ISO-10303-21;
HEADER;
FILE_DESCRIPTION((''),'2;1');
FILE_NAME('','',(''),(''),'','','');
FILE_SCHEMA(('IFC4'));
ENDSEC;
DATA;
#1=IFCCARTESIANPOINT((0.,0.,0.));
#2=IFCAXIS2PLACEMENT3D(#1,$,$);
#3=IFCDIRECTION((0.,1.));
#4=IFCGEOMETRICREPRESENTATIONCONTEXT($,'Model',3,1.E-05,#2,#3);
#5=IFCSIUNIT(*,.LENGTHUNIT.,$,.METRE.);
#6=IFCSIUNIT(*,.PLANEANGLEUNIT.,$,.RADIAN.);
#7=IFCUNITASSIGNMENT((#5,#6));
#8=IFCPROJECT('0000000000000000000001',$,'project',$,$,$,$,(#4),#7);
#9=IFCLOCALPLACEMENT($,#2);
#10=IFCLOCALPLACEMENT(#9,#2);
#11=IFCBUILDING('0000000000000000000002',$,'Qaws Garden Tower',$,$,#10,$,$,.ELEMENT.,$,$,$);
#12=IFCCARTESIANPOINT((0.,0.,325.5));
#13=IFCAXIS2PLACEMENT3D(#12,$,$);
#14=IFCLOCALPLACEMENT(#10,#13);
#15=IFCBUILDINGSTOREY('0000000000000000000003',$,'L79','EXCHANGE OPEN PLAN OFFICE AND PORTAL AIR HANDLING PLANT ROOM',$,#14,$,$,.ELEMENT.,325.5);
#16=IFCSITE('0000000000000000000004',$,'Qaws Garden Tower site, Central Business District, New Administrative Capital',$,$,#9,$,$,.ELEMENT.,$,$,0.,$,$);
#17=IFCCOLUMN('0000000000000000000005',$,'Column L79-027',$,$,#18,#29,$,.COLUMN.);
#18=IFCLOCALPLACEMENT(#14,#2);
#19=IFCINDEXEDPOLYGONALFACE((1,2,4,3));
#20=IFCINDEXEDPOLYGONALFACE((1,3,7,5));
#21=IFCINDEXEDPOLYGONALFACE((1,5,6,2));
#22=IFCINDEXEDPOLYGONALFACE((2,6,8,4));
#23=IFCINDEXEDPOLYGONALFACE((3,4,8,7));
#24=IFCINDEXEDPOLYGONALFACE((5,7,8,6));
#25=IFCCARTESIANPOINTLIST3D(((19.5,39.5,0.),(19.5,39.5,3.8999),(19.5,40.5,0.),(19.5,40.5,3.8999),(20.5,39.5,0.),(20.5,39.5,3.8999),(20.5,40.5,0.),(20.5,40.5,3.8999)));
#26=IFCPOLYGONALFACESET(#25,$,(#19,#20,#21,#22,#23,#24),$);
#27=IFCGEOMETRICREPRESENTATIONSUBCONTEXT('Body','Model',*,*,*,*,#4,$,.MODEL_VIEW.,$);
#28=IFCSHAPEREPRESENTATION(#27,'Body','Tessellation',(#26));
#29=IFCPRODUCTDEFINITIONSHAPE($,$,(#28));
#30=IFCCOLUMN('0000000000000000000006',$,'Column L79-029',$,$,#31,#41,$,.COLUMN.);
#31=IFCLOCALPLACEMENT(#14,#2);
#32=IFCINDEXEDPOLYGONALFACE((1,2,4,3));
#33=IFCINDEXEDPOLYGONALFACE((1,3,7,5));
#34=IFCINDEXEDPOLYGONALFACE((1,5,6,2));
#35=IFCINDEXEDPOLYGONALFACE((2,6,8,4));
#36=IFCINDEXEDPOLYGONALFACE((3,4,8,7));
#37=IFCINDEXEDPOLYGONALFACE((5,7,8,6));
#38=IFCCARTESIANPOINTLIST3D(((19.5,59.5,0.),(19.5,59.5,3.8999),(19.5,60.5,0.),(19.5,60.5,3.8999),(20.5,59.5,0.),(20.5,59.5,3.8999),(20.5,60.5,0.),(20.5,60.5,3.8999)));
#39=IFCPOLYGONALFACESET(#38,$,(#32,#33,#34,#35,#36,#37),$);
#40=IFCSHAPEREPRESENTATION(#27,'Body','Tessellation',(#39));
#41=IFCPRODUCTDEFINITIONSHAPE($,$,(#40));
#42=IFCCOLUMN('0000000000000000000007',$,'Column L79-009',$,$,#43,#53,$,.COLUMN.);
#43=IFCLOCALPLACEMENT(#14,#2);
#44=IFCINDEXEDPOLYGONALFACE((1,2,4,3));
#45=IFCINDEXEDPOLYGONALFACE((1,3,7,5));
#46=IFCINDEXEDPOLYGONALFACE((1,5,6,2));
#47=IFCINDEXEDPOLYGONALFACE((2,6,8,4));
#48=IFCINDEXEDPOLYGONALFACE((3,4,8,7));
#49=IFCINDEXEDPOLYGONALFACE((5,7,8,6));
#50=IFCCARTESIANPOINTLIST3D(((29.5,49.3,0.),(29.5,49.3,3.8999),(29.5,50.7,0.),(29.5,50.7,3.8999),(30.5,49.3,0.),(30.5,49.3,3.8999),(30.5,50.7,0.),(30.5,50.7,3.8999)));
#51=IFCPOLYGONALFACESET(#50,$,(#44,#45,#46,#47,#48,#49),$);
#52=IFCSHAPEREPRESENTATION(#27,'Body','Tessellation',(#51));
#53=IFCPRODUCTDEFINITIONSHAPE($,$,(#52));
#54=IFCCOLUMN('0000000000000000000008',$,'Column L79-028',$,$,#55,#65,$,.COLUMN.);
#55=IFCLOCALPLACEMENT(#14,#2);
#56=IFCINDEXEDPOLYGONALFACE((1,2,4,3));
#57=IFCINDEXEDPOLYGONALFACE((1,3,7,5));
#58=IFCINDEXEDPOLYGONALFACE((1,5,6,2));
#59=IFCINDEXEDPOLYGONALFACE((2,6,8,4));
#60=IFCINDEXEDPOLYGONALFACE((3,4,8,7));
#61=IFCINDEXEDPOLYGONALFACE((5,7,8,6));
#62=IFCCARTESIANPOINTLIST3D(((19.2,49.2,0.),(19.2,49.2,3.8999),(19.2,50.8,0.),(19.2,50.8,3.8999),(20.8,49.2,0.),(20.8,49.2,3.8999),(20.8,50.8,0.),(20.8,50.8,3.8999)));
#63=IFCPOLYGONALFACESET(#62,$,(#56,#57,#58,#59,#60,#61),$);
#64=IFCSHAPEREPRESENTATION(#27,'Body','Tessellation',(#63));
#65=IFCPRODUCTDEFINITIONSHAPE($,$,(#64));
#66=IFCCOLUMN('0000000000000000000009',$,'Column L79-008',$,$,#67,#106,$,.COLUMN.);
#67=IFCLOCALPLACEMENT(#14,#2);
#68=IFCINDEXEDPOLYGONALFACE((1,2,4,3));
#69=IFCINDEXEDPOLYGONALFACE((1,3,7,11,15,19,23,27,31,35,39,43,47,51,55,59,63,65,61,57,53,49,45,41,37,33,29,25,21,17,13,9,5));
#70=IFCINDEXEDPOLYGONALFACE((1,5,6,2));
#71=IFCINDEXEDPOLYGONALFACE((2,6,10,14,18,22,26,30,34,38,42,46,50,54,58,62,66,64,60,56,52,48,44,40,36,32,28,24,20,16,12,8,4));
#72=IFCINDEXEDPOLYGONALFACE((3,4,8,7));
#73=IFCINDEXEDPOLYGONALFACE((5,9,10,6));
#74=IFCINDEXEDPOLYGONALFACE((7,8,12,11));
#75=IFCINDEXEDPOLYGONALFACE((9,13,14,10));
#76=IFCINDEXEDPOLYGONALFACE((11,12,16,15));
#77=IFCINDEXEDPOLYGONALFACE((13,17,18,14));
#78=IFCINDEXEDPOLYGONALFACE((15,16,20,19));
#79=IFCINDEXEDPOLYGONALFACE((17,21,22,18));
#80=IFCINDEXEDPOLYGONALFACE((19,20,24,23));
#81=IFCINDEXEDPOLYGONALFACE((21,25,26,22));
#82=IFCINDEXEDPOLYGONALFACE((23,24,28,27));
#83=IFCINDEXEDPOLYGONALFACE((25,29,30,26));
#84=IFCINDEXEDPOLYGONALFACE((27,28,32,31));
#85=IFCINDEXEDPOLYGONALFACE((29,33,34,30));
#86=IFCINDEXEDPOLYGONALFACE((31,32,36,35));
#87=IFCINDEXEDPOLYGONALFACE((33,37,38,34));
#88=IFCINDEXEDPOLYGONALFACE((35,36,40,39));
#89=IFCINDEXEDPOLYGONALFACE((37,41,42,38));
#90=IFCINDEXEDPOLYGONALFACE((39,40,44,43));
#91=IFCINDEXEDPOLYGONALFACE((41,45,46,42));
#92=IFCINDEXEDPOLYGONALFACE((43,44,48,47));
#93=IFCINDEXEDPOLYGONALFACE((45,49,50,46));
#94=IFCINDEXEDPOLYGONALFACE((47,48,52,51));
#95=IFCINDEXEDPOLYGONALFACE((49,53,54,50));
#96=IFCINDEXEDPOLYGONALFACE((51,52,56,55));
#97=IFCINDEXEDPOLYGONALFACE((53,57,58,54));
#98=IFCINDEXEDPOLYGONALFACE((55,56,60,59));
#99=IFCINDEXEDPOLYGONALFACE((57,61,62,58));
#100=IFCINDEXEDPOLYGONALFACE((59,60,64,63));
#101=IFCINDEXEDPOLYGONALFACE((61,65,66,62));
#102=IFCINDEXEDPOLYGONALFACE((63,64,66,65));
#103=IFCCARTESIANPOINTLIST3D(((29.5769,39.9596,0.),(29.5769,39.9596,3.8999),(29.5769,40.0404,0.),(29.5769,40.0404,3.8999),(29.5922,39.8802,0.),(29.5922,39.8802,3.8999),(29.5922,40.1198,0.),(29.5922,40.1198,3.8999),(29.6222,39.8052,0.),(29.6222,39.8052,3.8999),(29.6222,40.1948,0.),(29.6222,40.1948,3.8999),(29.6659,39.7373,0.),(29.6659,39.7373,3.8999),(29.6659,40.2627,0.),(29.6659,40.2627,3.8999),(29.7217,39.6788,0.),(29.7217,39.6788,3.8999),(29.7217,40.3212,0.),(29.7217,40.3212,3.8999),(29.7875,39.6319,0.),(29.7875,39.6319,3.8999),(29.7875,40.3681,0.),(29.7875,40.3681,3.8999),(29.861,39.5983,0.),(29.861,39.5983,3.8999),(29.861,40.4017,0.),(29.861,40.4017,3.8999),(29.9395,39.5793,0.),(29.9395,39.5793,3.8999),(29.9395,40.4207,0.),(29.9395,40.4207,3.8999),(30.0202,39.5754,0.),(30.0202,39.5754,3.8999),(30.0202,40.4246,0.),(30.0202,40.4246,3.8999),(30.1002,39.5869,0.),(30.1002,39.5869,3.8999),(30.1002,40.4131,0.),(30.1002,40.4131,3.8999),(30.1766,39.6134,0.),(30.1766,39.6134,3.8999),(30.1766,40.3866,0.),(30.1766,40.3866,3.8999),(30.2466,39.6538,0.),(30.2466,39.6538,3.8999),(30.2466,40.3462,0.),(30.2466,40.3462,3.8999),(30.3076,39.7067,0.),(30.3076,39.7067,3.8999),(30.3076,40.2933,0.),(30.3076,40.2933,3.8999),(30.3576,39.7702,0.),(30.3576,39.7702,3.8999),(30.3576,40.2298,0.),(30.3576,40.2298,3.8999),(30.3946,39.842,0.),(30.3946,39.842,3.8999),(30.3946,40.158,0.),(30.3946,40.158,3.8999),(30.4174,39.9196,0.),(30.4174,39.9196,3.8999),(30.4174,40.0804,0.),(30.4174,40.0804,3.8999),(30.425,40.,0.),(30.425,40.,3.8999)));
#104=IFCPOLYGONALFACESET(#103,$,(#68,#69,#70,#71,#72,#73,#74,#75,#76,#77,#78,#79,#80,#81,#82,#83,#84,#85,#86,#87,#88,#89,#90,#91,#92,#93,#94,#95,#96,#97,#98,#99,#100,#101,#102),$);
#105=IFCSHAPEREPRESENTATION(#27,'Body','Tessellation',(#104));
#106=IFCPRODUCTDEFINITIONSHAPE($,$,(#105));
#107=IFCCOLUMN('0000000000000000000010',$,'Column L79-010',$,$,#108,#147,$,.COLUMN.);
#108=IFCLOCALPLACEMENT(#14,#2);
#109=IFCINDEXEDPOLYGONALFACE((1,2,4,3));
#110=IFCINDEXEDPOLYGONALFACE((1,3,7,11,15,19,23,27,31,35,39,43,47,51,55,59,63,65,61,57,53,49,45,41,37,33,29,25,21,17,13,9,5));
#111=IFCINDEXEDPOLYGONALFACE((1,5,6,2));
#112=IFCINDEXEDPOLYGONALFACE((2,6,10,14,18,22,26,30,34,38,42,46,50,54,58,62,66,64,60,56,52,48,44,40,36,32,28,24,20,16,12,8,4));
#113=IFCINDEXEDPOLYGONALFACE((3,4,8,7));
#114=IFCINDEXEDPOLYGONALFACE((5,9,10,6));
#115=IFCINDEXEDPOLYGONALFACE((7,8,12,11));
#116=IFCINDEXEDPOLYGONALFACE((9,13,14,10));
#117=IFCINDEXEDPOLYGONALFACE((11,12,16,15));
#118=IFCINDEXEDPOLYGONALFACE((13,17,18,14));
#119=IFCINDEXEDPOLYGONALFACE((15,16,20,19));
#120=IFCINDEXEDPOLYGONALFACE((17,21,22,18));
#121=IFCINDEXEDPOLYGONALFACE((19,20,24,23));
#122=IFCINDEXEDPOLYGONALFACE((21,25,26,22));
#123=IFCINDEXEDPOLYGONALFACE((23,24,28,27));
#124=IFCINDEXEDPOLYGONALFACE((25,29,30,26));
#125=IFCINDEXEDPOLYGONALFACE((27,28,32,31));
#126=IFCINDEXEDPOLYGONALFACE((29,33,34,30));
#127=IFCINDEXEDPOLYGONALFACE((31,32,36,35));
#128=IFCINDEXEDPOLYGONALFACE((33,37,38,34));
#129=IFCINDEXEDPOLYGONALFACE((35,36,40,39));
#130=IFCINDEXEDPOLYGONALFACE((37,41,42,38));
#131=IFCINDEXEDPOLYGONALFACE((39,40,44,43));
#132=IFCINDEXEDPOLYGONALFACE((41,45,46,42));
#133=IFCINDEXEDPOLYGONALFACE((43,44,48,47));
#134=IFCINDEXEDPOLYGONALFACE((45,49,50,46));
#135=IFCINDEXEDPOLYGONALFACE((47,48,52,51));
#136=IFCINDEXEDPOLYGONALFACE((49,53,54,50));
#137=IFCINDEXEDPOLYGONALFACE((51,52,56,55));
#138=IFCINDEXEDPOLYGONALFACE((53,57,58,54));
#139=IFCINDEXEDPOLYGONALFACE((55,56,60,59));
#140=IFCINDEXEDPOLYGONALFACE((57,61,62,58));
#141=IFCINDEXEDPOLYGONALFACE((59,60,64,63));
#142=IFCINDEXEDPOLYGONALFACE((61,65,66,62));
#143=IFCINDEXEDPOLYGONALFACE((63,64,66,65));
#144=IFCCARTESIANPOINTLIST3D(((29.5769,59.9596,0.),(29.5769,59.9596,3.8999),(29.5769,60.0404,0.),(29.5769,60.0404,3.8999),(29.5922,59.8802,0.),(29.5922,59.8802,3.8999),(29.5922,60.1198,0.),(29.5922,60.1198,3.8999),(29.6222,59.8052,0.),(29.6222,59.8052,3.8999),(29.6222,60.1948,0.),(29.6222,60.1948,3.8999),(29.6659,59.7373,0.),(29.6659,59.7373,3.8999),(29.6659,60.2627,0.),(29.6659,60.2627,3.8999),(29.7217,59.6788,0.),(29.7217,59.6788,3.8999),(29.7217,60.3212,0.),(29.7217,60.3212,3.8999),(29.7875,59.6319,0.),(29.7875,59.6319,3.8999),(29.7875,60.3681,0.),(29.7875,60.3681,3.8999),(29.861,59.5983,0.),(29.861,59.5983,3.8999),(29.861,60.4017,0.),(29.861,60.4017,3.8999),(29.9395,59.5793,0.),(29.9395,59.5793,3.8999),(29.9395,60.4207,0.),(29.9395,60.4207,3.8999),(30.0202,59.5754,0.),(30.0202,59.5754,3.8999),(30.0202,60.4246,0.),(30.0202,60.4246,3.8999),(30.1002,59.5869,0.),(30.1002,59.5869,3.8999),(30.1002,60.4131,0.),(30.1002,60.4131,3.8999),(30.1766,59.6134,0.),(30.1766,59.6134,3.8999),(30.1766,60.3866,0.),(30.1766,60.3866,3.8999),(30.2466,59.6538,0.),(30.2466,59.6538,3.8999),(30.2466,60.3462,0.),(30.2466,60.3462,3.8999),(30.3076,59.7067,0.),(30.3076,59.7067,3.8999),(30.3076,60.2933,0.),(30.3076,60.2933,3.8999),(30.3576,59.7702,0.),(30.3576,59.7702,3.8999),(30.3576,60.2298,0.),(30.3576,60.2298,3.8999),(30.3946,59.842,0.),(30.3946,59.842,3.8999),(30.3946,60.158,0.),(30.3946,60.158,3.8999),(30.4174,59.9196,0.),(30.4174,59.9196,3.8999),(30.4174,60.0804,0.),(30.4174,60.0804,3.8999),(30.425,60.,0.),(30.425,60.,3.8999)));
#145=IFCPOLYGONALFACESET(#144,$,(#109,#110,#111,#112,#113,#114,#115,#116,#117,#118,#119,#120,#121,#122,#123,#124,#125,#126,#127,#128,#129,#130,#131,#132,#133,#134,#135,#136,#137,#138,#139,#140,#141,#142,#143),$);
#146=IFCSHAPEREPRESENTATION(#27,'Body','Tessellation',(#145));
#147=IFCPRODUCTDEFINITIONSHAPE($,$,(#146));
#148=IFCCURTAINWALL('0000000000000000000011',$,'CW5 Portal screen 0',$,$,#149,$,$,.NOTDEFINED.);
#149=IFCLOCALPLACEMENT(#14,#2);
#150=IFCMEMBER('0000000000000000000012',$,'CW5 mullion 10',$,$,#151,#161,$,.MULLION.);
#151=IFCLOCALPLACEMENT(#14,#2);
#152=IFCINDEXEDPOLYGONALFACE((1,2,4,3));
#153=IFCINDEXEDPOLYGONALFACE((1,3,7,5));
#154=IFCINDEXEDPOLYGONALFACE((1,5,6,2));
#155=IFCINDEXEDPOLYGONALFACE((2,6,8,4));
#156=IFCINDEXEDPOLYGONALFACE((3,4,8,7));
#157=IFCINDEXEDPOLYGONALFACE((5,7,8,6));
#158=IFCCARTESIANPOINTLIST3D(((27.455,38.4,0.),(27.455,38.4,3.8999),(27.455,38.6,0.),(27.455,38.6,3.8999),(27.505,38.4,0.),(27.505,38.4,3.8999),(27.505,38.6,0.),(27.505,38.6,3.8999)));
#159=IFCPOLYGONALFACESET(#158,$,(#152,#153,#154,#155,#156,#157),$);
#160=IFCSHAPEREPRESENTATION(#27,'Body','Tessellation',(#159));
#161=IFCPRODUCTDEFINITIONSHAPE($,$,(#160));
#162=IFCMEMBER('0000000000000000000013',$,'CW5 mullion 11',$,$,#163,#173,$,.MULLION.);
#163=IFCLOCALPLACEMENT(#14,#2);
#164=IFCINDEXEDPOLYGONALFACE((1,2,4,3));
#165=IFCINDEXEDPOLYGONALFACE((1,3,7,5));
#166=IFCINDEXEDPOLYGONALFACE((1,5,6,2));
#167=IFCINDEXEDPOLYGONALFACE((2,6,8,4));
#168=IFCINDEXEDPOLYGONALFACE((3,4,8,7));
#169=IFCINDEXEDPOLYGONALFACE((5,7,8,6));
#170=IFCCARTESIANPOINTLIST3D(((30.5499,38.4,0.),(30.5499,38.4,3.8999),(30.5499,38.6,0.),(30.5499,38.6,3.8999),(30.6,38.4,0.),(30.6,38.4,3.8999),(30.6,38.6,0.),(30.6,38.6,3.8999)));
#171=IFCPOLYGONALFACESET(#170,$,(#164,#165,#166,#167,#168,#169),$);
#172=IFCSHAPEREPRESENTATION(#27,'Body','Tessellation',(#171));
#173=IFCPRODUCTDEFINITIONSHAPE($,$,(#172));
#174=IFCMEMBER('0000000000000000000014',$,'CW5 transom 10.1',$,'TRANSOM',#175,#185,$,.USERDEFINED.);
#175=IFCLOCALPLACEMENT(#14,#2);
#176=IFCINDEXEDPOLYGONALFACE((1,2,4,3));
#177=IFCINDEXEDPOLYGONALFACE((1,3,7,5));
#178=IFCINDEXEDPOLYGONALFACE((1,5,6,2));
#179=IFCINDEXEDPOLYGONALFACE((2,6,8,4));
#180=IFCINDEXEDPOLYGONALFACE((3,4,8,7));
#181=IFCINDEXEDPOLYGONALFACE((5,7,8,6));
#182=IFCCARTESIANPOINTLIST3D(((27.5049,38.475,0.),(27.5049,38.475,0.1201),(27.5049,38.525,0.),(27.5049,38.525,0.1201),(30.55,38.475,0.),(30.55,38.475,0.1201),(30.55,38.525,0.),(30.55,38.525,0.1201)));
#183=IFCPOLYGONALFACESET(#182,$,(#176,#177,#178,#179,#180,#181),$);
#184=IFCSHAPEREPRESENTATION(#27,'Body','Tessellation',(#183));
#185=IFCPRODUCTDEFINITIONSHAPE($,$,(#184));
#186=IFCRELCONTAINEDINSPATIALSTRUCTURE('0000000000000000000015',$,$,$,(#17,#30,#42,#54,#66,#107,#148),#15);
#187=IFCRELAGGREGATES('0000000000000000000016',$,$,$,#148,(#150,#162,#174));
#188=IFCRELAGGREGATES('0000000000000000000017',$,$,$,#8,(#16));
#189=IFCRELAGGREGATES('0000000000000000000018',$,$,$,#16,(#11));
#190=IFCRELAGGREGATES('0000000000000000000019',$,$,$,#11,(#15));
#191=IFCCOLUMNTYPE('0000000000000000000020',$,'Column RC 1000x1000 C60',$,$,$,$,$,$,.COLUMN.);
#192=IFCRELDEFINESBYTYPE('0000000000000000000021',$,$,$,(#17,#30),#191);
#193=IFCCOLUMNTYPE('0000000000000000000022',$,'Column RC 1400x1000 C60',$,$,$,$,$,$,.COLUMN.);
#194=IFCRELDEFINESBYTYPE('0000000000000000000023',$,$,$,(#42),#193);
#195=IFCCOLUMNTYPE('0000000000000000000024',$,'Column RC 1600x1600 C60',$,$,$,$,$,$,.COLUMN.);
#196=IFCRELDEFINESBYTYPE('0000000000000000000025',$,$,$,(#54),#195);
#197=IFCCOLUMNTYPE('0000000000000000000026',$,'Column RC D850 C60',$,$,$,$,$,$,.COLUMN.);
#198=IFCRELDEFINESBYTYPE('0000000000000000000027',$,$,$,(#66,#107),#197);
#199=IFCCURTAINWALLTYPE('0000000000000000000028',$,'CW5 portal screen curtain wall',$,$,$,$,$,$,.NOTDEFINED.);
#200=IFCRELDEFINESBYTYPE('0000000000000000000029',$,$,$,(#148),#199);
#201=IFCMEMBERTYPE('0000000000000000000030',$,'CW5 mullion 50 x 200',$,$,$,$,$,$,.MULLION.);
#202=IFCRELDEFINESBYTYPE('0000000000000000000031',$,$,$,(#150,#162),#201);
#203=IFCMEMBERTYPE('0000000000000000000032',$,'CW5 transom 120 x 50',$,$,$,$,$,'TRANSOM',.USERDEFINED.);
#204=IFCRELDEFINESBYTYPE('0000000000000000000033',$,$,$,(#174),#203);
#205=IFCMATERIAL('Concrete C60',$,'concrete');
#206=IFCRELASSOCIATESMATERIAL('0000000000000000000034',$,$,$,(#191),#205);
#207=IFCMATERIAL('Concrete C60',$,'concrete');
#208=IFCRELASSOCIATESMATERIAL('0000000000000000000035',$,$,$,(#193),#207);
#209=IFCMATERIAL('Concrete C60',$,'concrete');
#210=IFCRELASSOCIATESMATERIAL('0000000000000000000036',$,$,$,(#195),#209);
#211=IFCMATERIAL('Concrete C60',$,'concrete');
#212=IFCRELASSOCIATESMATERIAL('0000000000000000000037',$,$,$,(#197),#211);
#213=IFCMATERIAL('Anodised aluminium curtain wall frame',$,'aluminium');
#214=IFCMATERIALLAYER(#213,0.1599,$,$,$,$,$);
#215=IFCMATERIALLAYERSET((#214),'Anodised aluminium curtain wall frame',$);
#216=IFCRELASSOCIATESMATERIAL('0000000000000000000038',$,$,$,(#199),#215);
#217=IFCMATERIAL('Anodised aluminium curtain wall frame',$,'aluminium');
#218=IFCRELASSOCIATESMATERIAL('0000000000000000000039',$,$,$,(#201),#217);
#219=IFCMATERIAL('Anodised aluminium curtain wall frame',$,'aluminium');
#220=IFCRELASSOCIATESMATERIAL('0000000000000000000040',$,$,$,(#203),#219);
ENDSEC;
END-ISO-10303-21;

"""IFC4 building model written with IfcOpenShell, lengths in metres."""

from ifc_helpers import new_model, si_unit, direction, frame, origin, origin_2d, place, context, subcontext, project, spatial, rectangle, circle, extrude, material, layer, layer_set, material_profile, profile_set, type_object, element, aggregate, save


model = new_model("IFC4")

# Units and contexts
model_context = context("Model", 3, precision=1e-05, world=origin(), true_north=direction((0.0, 1.0)))
body_context = subcontext(model_context, "Body", "Model", "MODEL_VIEW")
ifc_project = project(units=[si_unit("LENGTHUNIT", "METRE"), si_unit("PLANEANGLEUNIT", "RADIAN")], contexts=[model_context])

# Site, building, storey
site_placement = place(None, origin())
site = spatial("IfcSite", under=ifc_project, at=site_placement, Name="Qaws Garden Tower site, Central Business District, New Administrative Capital", CompositionType="ELEMENT", RefElevation=0.0)
building_placement = place(site_placement, origin())
building = spatial("IfcBuilding", under=site, at=building_placement, Name="Qaws Garden Tower", CompositionType="ELEMENT")
storey_placement = place(building_placement, frame((0.0, 0.0, 325.5)))
storey = spatial("IfcBuildingStorey", under=building, at=storey_placement, Name="L79", Description="EXCHANGE OPEN PLAN OFFICE AND PORTAL AIR HANDLING PLANT ROOM", CompositionType="ELEMENT", Elevation=325.5)

# Columns
ifc_material_1 = material(Name="Concrete C60", Category="concrete")
ifc_material_profile_1 = material_profile(ifc_material_1, rectangle(XDim=1.0, YDim=1.0, at=origin_2d()), Name="RC 1000x1000")
ifc_profile_set_1 = profile_set([ifc_material_profile_1], Name="Concrete C60")
column_type_1 = type_object("IfcColumnType", Name="Column RC 1000x1000 C60", PredefinedType="COLUMN", material=ifc_profile_set_1)
for number, where, z_axis, x_axis, name in (
    (1, (20.0, 40.0, 0.0), (0.0, 0.0, 1.0), (1.0, 0.0, 0.0), "Column L79-027"),
    (2, (20.0, 60.0, 0.0), (0.0, 0.0, 1.0), (1.0, 0.0, 0.0), "Column L79-029"),
):
    element("IfcColumn", number, at=place(storey_placement, frame(where, z_axis=z_axis, x_axis=x_axis)), inside=storey, type_object=column_type_1, Name=name, PredefinedType="COLUMN", context=body_context, shape_type="SweptSolid", body=[
        extrude(rectangle(XDim=1.0, YDim=1.0, at=origin_2d()), origin(), (0.0, 0.0, 1.0), 3.8999),
    ])
ifc_material_2 = material(Name="Concrete C60", Category="concrete")
ifc_material_profile_2 = material_profile(ifc_material_2, rectangle(XDim=1.3999, YDim=1.0, at=origin_2d()), Name="RC 1400x1000")
ifc_profile_set_2 = profile_set([ifc_material_profile_2], Name="Concrete C60")
column_type_2 = type_object("IfcColumnType", Name="Column RC 1400x1000 C60", PredefinedType="COLUMN", material=ifc_profile_set_2)
column_1_placement = place(storey_placement, frame((30.0, 50.0, 0.0), z_axis=(0.0, 0.0, 1.0), x_axis=(0.0, 1.0, 0.0)))
element("IfcColumn", 3, at=column_1_placement, inside=storey, type_object=column_type_2, Name="Column L79-009", PredefinedType="COLUMN", context=body_context, shape_type="SweptSolid", body=[
    extrude(rectangle(XDim=1.3999, YDim=1.0, at=origin_2d()), origin(), (0.0, 0.0, 1.0), 3.8999),
])
ifc_material_3 = material(Name="Concrete C60", Category="concrete")
ifc_material_profile_3 = material_profile(ifc_material_3, rectangle(XDim=1.6001, YDim=1.6001, at=origin_2d()), Name="RC 1600x1600")
ifc_profile_set_3 = profile_set([ifc_material_profile_3], Name="Concrete C60")
column_type_3 = type_object("IfcColumnType", Name="Column RC 1600x1600 C60", PredefinedType="COLUMN", material=ifc_profile_set_3)
column_2_placement = place(storey_placement, frame((20.0, 50.0, 0.0), z_axis=(0.0, 0.0, 1.0), x_axis=(1.0, 0.0, 0.0)))
element("IfcColumn", 4, at=column_2_placement, inside=storey, type_object=column_type_3, Name="Column L79-028", PredefinedType="COLUMN", context=body_context, shape_type="SweptSolid", body=[
    extrude(rectangle(XDim=1.6001, YDim=1.6001, at=origin_2d()), origin(), (0.0, 0.0, 1.0), 3.8999),
])
ifc_material_4 = material(Name="Concrete C60", Category="concrete")
ifc_material_profile_4 = material_profile(ifc_material_4, circle(Radius=0.425, at=origin_2d()), Name="RC D850")
ifc_profile_set_4 = profile_set([ifc_material_profile_4], Name="Concrete C60")
column_type_4 = type_object("IfcColumnType", Name="Column RC D850 C60", PredefinedType="COLUMN", material=ifc_profile_set_4)
for number, where, z_axis, x_axis, name in (
    (5, (30.0, 40.0, 0.0), (0.0, 0.0, 1.0), (1.0, 0.0, 0.0), "Column L79-008"),
    (6, (30.0, 60.0, 0.0), (0.0, 0.0, 1.0), (1.0, 0.0, 0.0), "Column L79-010"),
):
    element("IfcColumn", number, at=place(storey_placement, frame(where, z_axis=z_axis, x_axis=x_axis)), inside=storey, type_object=column_type_4, Name=name, PredefinedType="COLUMN", context=body_context, shape_type="SweptSolid", body=[
        extrude(circle(Radius=0.425, at=origin_2d()), origin(), (0.0, 0.0, 1.0), 3.8999),
    ])

# Curtain wall, members
ifc_material_5 = material(Name="Anodised aluminium curtain wall frame", Category="aluminium")
ifc_layer_1 = layer(ifc_material_5, 0.1599)
ifc_layer_set_1 = layer_set([ifc_layer_1], Name="Anodised aluminium curtain wall frame")
curtain_wall_type = type_object("IfcCurtainWallType", Name="CW5 portal screen curtain wall", PredefinedType="NOTDEFINED", material=ifc_layer_set_1)
curtain_wall_placement = place(storey_placement, origin())
curtain_wall = element("IfcCurtainWall", 7, at=curtain_wall_placement, inside=storey, type_object=curtain_wall_type, Name="CW5 Portal screen 0", PredefinedType="NOTDEFINED")
ifc_material_6 = material(Name="Anodised aluminium curtain wall frame", Category="aluminium")
ifc_material_profile_5 = material_profile(ifc_material_6, rectangle(XDim=0.2, YDim=0.05, at=origin_2d()), Name="AL 50x200")
ifc_profile_set_5 = profile_set([ifc_material_profile_5], Name="Anodised aluminium curtain wall frame")
member_type_1 = type_object("IfcMemberType", Name="CW5 mullion 50 x 200", PredefinedType="MULLION", material=ifc_profile_set_5)
member_1_placement = place(storey_placement, frame((27.48, 38.5, 0.0), z_axis=(0.0, 0.0, 1.0), x_axis=(0.0, 1.0, 0.0)))
member_1 = element("IfcMember", 8, at=member_1_placement, type_object=member_type_1, Name="CW5 mullion 10", PredefinedType="MULLION", context=body_context, shape_type="SweptSolid", body=[
    extrude(rectangle(XDim=0.2, YDim=0.05, at=origin_2d()), origin(), (0.0, 0.0, 1.0), 3.8999),
])
member_2_placement = place(storey_placement, frame((30.575, 38.5, 0.0), z_axis=(0.0, 0.0, 1.0), x_axis=(0.0, 1.0, 0.0)))
member_2 = element("IfcMember", 9, at=member_2_placement, type_object=member_type_1, Name="CW5 mullion 11", PredefinedType="MULLION", context=body_context, shape_type="SweptSolid", body=[
    extrude(rectangle(XDim=0.2, YDim=0.05, at=origin_2d()), origin(), (0.0, 0.0, 1.0), 3.8999),
])
ifc_material_7 = material(Name="Anodised aluminium curtain wall frame", Category="aluminium")
ifc_material_profile_6 = material_profile(ifc_material_7, rectangle(XDim=0.05, YDim=0.1201, at=origin_2d()), Name="AL 50x120")
ifc_profile_set_6 = profile_set([ifc_material_profile_6], Name="Anodised aluminium curtain wall frame")
member_type_2 = type_object("IfcMemberType", Name="CW5 transom 120 x 50", ElementType="TRANSOM", PredefinedType="USERDEFINED", material=ifc_profile_set_6)
member_3_placement = place(storey_placement, frame((27.5049, 38.5, 0.0601), z_axis=(1.0, 0.0, 0.0), x_axis=(0.0, 1.0, 0.0)))
member_3 = element("IfcMember", 10, at=member_3_placement, type_object=member_type_2, Name="CW5 transom 10.1", ObjectType="TRANSOM", PredefinedType="USERDEFINED", context=body_context, shape_type="SweptSolid", body=[
    extrude(rectangle(XDim=0.05, YDim=0.1201, at=origin_2d()), origin(), (0.0, 0.0, 1.0), 3.0452),
])

aggregate(curtain_wall, [member_1, member_2, member_3])

save(model, "model.ifc")
